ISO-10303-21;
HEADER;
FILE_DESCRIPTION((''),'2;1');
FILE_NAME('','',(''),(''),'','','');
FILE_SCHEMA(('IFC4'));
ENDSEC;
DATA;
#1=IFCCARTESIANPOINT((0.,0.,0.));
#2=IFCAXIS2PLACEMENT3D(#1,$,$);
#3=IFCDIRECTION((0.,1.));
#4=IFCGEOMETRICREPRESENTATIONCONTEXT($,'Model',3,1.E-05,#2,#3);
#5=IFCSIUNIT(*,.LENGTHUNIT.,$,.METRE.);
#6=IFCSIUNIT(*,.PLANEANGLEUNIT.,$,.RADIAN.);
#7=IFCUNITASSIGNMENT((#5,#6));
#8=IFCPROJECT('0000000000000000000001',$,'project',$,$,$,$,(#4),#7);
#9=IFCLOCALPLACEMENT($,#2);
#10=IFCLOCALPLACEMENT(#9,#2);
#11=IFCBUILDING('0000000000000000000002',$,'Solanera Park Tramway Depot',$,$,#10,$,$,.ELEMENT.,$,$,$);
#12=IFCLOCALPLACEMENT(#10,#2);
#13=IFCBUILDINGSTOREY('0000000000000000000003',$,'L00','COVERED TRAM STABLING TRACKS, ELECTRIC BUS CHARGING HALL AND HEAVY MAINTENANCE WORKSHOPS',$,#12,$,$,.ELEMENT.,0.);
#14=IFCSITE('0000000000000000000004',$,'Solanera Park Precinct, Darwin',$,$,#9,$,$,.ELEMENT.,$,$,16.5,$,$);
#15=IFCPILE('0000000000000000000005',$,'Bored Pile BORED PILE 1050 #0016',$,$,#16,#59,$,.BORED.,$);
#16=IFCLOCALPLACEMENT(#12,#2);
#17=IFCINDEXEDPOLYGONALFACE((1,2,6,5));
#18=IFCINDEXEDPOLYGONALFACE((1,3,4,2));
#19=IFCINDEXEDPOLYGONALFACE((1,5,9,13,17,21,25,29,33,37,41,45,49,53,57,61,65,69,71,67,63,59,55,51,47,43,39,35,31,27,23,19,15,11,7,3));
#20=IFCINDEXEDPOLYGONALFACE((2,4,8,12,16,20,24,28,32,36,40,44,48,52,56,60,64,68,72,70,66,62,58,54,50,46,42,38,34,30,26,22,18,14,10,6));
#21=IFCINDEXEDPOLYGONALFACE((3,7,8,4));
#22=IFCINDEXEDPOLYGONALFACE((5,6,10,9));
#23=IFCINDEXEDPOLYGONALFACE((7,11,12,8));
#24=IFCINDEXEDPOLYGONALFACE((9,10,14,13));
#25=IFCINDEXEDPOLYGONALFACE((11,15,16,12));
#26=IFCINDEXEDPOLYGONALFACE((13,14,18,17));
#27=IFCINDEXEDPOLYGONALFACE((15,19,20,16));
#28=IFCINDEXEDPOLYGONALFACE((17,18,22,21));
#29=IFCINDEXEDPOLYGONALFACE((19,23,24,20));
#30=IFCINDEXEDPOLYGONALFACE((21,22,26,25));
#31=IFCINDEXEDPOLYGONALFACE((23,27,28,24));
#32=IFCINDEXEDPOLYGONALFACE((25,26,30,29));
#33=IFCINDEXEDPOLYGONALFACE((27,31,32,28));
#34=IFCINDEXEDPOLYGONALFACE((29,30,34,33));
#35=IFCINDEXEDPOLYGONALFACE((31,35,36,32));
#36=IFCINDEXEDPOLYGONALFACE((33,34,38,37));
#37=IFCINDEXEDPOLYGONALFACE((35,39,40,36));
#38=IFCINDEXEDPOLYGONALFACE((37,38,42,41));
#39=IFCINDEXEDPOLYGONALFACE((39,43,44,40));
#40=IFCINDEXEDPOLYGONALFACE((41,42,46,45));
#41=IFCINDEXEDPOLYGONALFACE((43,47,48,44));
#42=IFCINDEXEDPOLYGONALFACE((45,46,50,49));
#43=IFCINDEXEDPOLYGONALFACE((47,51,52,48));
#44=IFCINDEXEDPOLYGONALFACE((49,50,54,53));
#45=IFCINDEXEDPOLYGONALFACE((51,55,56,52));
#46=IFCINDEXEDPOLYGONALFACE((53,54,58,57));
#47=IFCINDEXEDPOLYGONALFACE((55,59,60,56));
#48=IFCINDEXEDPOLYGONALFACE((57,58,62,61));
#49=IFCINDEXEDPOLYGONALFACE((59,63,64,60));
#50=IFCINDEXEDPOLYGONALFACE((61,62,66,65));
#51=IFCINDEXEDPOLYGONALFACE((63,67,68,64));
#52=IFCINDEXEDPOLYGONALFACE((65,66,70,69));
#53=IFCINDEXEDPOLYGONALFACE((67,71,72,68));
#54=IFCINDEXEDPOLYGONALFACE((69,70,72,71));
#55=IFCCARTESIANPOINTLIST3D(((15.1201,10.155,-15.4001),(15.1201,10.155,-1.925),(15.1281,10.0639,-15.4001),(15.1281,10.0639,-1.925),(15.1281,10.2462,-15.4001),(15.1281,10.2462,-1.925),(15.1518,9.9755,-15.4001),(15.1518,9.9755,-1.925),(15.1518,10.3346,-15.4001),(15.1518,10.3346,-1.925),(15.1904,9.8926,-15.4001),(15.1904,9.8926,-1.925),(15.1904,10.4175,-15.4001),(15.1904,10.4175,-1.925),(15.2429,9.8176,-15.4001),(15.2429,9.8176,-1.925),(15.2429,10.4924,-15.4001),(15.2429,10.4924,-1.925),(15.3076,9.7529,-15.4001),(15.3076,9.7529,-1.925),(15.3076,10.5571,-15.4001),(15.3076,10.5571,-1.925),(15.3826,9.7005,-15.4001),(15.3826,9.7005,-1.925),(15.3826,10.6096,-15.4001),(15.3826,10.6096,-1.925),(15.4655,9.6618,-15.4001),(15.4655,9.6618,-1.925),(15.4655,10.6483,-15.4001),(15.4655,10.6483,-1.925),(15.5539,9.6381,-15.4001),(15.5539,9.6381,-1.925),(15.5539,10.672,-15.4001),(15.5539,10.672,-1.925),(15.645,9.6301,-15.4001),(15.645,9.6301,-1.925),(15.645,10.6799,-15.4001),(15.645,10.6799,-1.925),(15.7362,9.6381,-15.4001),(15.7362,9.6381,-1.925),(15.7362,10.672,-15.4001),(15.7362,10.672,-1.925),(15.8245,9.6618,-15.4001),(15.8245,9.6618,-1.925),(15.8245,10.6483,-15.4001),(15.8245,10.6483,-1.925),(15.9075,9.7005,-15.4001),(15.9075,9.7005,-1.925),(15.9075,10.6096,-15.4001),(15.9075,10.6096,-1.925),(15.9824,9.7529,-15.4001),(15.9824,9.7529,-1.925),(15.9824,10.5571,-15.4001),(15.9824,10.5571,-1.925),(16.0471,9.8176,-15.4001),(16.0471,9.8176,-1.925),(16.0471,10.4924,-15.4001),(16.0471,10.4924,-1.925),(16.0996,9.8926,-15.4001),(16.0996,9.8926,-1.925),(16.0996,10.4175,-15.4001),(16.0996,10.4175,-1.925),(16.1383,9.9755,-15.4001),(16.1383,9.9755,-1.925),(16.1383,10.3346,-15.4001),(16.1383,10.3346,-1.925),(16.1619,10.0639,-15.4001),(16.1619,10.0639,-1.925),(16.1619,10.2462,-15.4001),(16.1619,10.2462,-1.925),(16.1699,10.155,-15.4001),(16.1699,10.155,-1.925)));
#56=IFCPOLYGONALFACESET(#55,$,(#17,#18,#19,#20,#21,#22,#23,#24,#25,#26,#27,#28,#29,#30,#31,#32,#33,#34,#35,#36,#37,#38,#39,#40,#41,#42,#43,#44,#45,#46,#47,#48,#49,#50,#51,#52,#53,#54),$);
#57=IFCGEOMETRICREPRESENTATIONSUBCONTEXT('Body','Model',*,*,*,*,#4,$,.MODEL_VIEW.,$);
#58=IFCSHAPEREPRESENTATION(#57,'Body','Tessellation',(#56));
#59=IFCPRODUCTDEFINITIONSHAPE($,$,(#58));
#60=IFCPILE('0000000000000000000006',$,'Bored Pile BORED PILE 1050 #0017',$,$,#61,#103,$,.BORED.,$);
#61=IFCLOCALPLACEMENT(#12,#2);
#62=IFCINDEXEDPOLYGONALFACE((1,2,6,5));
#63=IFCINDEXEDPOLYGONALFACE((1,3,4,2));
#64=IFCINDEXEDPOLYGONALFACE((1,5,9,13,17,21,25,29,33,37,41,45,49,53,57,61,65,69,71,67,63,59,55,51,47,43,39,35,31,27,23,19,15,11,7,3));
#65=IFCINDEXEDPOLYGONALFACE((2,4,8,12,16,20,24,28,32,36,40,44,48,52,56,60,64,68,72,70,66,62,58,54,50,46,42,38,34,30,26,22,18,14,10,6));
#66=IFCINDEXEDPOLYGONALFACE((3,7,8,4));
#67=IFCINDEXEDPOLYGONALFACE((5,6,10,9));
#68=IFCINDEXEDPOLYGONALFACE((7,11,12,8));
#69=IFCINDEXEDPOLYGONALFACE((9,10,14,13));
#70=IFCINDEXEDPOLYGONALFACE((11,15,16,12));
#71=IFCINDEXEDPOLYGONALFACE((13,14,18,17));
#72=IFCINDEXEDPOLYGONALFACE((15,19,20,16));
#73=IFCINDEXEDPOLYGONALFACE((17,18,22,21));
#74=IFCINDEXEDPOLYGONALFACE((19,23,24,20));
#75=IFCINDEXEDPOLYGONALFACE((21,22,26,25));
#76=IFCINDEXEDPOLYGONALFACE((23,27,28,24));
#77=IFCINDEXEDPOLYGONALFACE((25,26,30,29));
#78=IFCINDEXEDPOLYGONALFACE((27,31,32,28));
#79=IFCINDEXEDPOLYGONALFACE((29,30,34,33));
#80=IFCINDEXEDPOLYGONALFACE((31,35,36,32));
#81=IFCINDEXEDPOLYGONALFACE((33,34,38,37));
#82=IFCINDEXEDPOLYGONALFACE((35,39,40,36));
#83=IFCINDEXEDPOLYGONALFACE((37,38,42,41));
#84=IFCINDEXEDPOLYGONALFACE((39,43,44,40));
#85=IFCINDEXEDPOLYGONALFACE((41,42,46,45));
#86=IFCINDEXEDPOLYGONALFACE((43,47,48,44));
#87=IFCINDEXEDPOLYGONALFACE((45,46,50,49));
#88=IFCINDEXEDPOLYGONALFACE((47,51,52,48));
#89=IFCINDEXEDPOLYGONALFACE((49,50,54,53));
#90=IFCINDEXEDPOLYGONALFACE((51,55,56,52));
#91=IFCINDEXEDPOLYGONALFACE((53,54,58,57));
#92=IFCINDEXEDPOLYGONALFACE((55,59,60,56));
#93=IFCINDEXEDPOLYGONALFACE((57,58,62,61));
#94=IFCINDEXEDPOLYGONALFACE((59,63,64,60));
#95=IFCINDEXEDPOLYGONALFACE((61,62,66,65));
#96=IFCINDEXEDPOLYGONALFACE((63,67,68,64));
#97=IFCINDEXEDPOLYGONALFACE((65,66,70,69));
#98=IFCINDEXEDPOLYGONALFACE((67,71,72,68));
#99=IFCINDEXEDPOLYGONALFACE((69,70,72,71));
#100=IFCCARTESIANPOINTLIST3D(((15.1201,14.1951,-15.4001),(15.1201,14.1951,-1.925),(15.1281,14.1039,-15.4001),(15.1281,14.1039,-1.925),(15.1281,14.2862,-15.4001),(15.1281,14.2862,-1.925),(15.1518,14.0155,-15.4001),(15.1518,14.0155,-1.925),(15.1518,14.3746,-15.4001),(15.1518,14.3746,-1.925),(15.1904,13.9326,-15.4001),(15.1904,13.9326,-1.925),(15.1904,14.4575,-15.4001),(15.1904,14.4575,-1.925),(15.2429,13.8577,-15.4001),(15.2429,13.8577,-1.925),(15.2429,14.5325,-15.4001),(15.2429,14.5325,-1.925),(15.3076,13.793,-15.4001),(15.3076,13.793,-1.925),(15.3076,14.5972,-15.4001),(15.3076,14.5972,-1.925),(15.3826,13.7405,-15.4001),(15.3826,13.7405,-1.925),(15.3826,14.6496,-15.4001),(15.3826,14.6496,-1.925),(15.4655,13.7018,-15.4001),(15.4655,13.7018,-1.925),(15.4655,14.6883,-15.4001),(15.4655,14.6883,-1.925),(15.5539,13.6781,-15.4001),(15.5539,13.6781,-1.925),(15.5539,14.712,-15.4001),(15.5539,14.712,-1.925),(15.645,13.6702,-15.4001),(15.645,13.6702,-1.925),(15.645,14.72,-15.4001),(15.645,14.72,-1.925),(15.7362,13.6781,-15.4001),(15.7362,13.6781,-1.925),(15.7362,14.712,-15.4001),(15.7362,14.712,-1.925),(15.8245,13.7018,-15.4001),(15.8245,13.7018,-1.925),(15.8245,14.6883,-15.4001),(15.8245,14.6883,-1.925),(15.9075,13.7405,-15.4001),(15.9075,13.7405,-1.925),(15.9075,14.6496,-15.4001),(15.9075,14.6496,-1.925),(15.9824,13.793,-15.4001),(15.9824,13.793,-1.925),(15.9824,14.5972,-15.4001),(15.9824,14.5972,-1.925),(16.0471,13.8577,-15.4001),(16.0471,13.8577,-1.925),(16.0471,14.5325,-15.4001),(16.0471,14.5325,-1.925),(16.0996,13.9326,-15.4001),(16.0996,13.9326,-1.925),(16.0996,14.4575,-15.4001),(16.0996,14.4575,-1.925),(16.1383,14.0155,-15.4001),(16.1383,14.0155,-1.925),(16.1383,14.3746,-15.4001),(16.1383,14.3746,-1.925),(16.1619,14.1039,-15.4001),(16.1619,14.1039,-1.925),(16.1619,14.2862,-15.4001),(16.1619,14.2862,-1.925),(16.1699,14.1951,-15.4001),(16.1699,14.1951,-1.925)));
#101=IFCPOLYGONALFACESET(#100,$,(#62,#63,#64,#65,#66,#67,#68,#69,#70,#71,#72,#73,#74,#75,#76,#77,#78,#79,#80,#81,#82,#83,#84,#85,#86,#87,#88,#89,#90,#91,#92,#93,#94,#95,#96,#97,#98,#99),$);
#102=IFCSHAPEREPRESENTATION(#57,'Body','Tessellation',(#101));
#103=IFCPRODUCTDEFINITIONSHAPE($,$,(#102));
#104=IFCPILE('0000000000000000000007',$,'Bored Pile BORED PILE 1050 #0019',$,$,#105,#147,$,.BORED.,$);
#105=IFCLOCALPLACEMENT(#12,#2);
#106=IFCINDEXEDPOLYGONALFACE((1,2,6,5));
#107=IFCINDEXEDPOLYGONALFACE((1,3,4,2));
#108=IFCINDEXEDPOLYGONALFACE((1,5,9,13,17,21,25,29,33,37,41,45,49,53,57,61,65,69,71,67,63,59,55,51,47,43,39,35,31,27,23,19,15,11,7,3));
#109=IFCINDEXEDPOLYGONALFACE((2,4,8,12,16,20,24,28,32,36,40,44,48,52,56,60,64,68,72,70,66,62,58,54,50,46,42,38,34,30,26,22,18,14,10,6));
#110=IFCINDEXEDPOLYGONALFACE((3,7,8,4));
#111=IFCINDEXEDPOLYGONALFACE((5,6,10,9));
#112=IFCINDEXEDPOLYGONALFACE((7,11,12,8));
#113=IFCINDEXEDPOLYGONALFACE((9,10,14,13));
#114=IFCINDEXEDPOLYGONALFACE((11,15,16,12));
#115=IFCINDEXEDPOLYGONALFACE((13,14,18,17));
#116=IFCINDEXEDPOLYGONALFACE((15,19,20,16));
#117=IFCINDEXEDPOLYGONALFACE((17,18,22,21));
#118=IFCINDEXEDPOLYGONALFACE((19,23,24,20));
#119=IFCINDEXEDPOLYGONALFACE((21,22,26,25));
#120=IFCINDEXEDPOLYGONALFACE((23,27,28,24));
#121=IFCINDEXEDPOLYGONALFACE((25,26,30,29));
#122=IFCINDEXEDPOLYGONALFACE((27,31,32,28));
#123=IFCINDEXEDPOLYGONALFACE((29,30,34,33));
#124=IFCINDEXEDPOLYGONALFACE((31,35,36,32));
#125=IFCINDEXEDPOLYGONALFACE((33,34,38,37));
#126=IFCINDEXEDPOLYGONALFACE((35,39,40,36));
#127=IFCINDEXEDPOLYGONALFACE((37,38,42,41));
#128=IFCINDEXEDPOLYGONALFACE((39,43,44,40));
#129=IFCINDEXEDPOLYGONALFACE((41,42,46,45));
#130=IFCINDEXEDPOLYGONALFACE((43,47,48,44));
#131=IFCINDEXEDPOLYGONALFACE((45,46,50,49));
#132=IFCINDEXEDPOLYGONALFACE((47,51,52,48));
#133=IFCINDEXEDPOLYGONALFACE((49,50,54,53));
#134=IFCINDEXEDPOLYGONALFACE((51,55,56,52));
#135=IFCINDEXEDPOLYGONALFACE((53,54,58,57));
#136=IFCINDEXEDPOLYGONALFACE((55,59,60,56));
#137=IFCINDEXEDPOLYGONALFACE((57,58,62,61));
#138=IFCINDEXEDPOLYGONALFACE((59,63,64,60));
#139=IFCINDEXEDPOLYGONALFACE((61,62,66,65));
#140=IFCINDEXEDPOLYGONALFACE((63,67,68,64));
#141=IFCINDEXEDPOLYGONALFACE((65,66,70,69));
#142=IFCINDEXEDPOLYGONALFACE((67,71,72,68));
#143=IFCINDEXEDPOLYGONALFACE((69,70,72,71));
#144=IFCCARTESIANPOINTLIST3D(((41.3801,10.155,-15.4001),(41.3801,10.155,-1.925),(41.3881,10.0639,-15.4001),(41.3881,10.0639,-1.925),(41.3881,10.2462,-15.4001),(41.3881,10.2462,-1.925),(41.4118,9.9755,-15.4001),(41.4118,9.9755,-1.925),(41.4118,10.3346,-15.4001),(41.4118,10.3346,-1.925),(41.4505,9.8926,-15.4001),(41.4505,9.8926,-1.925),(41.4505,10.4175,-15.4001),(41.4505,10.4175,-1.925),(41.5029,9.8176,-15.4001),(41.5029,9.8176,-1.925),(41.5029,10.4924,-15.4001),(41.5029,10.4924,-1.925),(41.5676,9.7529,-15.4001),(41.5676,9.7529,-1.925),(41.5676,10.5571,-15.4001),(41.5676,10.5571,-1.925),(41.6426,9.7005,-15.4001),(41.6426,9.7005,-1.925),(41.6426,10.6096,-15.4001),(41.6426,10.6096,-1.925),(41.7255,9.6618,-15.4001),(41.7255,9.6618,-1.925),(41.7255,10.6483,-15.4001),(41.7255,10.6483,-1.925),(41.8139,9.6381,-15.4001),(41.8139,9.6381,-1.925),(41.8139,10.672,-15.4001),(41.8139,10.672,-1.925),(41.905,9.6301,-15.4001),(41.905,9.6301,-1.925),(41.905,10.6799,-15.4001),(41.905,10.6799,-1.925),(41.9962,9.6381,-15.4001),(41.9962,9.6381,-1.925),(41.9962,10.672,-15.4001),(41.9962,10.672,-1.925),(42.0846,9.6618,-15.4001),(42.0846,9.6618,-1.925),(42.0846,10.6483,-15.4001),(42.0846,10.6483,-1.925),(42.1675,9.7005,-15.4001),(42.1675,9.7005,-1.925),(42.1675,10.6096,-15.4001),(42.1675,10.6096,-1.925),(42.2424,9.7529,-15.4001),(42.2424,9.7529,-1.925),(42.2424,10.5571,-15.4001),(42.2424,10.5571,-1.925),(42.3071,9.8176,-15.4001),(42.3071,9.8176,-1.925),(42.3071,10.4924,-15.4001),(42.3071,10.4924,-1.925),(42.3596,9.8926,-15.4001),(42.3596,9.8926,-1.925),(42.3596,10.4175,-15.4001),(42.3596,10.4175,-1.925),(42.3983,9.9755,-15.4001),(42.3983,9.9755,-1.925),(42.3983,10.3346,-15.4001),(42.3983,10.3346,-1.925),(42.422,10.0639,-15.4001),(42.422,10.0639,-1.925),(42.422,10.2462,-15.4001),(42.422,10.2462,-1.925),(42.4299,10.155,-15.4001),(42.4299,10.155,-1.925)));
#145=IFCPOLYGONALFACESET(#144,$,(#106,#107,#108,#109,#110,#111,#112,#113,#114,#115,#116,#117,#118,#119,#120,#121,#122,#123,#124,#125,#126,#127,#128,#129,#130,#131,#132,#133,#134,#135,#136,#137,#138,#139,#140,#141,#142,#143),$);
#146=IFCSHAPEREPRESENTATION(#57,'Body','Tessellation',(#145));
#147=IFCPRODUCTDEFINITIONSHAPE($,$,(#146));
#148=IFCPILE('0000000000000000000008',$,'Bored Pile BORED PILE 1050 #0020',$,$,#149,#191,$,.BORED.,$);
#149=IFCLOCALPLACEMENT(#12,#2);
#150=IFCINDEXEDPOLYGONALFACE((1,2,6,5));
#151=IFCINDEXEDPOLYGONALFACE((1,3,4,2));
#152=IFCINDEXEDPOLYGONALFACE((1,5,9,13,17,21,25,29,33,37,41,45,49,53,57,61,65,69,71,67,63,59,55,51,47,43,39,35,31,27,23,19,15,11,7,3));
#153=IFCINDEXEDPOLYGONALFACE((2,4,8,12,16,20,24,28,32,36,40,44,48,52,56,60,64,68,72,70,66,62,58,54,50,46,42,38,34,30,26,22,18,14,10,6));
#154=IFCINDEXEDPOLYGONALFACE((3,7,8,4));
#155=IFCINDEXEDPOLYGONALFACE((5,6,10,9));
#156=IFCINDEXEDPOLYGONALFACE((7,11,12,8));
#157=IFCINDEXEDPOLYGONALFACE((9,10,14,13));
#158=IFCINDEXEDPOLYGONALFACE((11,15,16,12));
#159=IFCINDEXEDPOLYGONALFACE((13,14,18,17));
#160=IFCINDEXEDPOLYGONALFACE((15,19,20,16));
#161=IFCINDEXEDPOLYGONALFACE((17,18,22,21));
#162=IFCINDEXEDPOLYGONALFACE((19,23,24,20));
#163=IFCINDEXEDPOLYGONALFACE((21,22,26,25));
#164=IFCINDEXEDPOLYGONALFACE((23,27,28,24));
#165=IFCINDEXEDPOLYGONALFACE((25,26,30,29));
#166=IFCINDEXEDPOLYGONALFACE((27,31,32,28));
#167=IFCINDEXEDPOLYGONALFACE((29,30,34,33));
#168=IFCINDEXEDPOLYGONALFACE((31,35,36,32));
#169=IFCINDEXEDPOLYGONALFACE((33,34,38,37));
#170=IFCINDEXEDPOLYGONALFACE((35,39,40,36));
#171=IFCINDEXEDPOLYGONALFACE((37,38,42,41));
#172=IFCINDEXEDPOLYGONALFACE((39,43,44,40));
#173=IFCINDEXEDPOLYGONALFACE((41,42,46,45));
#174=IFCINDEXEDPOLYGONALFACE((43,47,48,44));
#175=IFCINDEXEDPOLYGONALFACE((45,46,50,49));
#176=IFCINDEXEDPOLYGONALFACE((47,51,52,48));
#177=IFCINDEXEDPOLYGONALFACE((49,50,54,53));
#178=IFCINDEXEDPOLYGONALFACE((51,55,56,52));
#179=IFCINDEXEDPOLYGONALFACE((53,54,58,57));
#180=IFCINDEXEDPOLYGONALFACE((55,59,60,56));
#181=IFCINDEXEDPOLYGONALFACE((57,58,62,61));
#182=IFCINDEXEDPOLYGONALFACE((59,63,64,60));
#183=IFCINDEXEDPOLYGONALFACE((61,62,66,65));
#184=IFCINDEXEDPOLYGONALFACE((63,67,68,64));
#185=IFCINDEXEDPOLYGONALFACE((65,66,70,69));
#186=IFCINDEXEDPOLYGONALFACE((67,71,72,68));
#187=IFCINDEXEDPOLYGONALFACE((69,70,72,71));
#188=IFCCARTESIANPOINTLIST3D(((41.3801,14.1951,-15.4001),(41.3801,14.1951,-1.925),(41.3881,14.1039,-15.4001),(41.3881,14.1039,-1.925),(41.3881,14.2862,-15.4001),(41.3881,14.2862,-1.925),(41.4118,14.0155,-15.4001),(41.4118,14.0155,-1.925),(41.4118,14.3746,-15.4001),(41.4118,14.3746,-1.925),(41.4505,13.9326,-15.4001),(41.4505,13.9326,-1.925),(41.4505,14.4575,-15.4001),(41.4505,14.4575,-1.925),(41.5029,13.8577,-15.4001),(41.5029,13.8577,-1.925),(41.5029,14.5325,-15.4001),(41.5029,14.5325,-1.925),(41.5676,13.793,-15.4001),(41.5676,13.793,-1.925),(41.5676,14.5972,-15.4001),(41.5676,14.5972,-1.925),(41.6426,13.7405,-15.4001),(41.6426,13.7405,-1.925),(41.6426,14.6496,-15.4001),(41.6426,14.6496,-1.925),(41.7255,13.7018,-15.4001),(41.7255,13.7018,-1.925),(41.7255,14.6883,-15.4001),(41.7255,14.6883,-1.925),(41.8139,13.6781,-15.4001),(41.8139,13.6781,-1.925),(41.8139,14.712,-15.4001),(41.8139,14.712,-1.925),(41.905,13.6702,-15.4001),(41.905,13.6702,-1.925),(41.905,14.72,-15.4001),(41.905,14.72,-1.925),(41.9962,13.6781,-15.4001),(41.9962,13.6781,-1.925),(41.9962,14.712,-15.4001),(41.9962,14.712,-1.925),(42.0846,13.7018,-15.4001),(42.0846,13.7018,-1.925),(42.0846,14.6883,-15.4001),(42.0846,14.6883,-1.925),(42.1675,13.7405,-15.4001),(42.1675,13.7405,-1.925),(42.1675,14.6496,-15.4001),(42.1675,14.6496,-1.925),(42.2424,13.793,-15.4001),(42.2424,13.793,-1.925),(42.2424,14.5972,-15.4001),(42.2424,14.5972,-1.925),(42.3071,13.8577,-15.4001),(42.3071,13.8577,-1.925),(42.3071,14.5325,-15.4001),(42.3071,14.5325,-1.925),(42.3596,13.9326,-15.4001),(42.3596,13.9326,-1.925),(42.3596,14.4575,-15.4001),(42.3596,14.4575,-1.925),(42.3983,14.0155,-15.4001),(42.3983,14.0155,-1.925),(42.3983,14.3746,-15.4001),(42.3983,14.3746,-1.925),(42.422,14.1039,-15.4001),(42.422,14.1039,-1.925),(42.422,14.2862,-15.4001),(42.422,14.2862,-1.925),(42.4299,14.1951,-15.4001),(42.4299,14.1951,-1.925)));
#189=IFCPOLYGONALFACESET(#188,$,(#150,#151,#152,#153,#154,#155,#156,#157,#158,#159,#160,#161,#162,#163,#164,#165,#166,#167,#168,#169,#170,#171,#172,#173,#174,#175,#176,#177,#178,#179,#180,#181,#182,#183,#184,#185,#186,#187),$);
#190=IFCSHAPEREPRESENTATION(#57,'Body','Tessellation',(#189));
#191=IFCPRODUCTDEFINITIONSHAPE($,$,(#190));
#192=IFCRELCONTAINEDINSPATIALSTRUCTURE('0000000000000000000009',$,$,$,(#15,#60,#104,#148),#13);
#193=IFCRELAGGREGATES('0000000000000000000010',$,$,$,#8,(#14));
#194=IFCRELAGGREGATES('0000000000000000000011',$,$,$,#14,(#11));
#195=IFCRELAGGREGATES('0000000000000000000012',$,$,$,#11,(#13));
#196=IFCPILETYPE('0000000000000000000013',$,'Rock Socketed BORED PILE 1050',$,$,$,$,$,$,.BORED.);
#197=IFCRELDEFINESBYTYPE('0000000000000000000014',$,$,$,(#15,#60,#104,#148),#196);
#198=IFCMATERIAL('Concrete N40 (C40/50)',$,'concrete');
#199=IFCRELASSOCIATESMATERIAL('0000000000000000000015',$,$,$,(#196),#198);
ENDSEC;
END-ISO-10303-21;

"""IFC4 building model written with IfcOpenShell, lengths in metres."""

from ifc_helpers import new_model, si_unit, direction, frame, origin, origin_2d, place, context, subcontext, project, spatial, circle, extrude, material, material_profile, profile_set, type_object, element, save


model = new_model("IFC4")

# Units and contexts
model_context = context("Model", 3, precision=1e-05, world=origin(), true_north=direction((0.0, 1.0)))
body_context = subcontext(model_context, "Body", "Model", "MODEL_VIEW")
ifc_project = project(units=[si_unit("LENGTHUNIT", "METRE"), si_unit("PLANEANGLEUNIT", "RADIAN")], contexts=[model_context])

# Site, building, storey
site_placement = place(None, origin())
site = spatial("IfcSite", under=ifc_project, at=site_placement, Name="Solanera Park Precinct, Darwin", CompositionType="ELEMENT", RefElevation=16.5)
building_placement = place(site_placement, origin())
building = spatial("IfcBuilding", under=site, at=building_placement, Name="Solanera Park Tramway Depot", CompositionType="ELEMENT")
storey_placement = place(building_placement, origin())
storey = spatial("IfcBuildingStorey", under=building, at=storey_placement, Name="L00", Description="COVERED TRAM STABLING TRACKS, ELECTRIC BUS CHARGING HALL AND HEAVY MAINTENANCE WORKSHOPS", CompositionType="ELEMENT", Elevation=0.0)

# Piles
ifc_material_1 = material(Name="Concrete N40 (C40/50)", Category="concrete")
ifc_material_profile_1 = material_profile(ifc_material_1, circle(Radius=0.5249, at=origin_2d()), Name="BORED PILE 1050")
ifc_profile_set_1 = profile_set([ifc_material_profile_1], Name="Concrete N40 (C40/50)")
pile_type_1 = type_object("IfcPileType", Name="Rock Socketed BORED PILE 1050", PredefinedType="BORED", material=ifc_profile_set_1)
for number, where, z_axis, x_axis, name in (
    (1, (15.645, 10.155, -1.925), (0.0, 0.0, -1.0), (1.0, 0.0, 0.0), "Bored Pile BORED PILE 1050 #0016"),
    (2, (15.645, 14.1951, -1.925), (0.0, 0.0, -1.0), (1.0, 0.0, 0.0), "Bored Pile BORED PILE 1050 #0017"),
    (3, (41.905, 10.155, -1.925), (0.0, 0.0, -1.0), (1.0, 0.0, 0.0), "Bored Pile BORED PILE 1050 #0019"),
    (4, (41.905, 14.1951, -1.925), (0.0, 0.0, -1.0), (1.0, 0.0, 0.0), "Bored Pile BORED PILE 1050 #0020"),
):
    element("IfcPile", number, at=place(storey_placement, frame(where, z_axis=z_axis, x_axis=x_axis)), inside=storey, type_object=pile_type_1, Name=name, PredefinedType="BORED", context=body_context, shape_type="SweptSolid", body=[
        extrude(circle(Radius=0.5249, at=origin_2d()), origin(), (0.0, 0.0, 1.0), 13.4751),
    ])

save(model, "model.ifc")
